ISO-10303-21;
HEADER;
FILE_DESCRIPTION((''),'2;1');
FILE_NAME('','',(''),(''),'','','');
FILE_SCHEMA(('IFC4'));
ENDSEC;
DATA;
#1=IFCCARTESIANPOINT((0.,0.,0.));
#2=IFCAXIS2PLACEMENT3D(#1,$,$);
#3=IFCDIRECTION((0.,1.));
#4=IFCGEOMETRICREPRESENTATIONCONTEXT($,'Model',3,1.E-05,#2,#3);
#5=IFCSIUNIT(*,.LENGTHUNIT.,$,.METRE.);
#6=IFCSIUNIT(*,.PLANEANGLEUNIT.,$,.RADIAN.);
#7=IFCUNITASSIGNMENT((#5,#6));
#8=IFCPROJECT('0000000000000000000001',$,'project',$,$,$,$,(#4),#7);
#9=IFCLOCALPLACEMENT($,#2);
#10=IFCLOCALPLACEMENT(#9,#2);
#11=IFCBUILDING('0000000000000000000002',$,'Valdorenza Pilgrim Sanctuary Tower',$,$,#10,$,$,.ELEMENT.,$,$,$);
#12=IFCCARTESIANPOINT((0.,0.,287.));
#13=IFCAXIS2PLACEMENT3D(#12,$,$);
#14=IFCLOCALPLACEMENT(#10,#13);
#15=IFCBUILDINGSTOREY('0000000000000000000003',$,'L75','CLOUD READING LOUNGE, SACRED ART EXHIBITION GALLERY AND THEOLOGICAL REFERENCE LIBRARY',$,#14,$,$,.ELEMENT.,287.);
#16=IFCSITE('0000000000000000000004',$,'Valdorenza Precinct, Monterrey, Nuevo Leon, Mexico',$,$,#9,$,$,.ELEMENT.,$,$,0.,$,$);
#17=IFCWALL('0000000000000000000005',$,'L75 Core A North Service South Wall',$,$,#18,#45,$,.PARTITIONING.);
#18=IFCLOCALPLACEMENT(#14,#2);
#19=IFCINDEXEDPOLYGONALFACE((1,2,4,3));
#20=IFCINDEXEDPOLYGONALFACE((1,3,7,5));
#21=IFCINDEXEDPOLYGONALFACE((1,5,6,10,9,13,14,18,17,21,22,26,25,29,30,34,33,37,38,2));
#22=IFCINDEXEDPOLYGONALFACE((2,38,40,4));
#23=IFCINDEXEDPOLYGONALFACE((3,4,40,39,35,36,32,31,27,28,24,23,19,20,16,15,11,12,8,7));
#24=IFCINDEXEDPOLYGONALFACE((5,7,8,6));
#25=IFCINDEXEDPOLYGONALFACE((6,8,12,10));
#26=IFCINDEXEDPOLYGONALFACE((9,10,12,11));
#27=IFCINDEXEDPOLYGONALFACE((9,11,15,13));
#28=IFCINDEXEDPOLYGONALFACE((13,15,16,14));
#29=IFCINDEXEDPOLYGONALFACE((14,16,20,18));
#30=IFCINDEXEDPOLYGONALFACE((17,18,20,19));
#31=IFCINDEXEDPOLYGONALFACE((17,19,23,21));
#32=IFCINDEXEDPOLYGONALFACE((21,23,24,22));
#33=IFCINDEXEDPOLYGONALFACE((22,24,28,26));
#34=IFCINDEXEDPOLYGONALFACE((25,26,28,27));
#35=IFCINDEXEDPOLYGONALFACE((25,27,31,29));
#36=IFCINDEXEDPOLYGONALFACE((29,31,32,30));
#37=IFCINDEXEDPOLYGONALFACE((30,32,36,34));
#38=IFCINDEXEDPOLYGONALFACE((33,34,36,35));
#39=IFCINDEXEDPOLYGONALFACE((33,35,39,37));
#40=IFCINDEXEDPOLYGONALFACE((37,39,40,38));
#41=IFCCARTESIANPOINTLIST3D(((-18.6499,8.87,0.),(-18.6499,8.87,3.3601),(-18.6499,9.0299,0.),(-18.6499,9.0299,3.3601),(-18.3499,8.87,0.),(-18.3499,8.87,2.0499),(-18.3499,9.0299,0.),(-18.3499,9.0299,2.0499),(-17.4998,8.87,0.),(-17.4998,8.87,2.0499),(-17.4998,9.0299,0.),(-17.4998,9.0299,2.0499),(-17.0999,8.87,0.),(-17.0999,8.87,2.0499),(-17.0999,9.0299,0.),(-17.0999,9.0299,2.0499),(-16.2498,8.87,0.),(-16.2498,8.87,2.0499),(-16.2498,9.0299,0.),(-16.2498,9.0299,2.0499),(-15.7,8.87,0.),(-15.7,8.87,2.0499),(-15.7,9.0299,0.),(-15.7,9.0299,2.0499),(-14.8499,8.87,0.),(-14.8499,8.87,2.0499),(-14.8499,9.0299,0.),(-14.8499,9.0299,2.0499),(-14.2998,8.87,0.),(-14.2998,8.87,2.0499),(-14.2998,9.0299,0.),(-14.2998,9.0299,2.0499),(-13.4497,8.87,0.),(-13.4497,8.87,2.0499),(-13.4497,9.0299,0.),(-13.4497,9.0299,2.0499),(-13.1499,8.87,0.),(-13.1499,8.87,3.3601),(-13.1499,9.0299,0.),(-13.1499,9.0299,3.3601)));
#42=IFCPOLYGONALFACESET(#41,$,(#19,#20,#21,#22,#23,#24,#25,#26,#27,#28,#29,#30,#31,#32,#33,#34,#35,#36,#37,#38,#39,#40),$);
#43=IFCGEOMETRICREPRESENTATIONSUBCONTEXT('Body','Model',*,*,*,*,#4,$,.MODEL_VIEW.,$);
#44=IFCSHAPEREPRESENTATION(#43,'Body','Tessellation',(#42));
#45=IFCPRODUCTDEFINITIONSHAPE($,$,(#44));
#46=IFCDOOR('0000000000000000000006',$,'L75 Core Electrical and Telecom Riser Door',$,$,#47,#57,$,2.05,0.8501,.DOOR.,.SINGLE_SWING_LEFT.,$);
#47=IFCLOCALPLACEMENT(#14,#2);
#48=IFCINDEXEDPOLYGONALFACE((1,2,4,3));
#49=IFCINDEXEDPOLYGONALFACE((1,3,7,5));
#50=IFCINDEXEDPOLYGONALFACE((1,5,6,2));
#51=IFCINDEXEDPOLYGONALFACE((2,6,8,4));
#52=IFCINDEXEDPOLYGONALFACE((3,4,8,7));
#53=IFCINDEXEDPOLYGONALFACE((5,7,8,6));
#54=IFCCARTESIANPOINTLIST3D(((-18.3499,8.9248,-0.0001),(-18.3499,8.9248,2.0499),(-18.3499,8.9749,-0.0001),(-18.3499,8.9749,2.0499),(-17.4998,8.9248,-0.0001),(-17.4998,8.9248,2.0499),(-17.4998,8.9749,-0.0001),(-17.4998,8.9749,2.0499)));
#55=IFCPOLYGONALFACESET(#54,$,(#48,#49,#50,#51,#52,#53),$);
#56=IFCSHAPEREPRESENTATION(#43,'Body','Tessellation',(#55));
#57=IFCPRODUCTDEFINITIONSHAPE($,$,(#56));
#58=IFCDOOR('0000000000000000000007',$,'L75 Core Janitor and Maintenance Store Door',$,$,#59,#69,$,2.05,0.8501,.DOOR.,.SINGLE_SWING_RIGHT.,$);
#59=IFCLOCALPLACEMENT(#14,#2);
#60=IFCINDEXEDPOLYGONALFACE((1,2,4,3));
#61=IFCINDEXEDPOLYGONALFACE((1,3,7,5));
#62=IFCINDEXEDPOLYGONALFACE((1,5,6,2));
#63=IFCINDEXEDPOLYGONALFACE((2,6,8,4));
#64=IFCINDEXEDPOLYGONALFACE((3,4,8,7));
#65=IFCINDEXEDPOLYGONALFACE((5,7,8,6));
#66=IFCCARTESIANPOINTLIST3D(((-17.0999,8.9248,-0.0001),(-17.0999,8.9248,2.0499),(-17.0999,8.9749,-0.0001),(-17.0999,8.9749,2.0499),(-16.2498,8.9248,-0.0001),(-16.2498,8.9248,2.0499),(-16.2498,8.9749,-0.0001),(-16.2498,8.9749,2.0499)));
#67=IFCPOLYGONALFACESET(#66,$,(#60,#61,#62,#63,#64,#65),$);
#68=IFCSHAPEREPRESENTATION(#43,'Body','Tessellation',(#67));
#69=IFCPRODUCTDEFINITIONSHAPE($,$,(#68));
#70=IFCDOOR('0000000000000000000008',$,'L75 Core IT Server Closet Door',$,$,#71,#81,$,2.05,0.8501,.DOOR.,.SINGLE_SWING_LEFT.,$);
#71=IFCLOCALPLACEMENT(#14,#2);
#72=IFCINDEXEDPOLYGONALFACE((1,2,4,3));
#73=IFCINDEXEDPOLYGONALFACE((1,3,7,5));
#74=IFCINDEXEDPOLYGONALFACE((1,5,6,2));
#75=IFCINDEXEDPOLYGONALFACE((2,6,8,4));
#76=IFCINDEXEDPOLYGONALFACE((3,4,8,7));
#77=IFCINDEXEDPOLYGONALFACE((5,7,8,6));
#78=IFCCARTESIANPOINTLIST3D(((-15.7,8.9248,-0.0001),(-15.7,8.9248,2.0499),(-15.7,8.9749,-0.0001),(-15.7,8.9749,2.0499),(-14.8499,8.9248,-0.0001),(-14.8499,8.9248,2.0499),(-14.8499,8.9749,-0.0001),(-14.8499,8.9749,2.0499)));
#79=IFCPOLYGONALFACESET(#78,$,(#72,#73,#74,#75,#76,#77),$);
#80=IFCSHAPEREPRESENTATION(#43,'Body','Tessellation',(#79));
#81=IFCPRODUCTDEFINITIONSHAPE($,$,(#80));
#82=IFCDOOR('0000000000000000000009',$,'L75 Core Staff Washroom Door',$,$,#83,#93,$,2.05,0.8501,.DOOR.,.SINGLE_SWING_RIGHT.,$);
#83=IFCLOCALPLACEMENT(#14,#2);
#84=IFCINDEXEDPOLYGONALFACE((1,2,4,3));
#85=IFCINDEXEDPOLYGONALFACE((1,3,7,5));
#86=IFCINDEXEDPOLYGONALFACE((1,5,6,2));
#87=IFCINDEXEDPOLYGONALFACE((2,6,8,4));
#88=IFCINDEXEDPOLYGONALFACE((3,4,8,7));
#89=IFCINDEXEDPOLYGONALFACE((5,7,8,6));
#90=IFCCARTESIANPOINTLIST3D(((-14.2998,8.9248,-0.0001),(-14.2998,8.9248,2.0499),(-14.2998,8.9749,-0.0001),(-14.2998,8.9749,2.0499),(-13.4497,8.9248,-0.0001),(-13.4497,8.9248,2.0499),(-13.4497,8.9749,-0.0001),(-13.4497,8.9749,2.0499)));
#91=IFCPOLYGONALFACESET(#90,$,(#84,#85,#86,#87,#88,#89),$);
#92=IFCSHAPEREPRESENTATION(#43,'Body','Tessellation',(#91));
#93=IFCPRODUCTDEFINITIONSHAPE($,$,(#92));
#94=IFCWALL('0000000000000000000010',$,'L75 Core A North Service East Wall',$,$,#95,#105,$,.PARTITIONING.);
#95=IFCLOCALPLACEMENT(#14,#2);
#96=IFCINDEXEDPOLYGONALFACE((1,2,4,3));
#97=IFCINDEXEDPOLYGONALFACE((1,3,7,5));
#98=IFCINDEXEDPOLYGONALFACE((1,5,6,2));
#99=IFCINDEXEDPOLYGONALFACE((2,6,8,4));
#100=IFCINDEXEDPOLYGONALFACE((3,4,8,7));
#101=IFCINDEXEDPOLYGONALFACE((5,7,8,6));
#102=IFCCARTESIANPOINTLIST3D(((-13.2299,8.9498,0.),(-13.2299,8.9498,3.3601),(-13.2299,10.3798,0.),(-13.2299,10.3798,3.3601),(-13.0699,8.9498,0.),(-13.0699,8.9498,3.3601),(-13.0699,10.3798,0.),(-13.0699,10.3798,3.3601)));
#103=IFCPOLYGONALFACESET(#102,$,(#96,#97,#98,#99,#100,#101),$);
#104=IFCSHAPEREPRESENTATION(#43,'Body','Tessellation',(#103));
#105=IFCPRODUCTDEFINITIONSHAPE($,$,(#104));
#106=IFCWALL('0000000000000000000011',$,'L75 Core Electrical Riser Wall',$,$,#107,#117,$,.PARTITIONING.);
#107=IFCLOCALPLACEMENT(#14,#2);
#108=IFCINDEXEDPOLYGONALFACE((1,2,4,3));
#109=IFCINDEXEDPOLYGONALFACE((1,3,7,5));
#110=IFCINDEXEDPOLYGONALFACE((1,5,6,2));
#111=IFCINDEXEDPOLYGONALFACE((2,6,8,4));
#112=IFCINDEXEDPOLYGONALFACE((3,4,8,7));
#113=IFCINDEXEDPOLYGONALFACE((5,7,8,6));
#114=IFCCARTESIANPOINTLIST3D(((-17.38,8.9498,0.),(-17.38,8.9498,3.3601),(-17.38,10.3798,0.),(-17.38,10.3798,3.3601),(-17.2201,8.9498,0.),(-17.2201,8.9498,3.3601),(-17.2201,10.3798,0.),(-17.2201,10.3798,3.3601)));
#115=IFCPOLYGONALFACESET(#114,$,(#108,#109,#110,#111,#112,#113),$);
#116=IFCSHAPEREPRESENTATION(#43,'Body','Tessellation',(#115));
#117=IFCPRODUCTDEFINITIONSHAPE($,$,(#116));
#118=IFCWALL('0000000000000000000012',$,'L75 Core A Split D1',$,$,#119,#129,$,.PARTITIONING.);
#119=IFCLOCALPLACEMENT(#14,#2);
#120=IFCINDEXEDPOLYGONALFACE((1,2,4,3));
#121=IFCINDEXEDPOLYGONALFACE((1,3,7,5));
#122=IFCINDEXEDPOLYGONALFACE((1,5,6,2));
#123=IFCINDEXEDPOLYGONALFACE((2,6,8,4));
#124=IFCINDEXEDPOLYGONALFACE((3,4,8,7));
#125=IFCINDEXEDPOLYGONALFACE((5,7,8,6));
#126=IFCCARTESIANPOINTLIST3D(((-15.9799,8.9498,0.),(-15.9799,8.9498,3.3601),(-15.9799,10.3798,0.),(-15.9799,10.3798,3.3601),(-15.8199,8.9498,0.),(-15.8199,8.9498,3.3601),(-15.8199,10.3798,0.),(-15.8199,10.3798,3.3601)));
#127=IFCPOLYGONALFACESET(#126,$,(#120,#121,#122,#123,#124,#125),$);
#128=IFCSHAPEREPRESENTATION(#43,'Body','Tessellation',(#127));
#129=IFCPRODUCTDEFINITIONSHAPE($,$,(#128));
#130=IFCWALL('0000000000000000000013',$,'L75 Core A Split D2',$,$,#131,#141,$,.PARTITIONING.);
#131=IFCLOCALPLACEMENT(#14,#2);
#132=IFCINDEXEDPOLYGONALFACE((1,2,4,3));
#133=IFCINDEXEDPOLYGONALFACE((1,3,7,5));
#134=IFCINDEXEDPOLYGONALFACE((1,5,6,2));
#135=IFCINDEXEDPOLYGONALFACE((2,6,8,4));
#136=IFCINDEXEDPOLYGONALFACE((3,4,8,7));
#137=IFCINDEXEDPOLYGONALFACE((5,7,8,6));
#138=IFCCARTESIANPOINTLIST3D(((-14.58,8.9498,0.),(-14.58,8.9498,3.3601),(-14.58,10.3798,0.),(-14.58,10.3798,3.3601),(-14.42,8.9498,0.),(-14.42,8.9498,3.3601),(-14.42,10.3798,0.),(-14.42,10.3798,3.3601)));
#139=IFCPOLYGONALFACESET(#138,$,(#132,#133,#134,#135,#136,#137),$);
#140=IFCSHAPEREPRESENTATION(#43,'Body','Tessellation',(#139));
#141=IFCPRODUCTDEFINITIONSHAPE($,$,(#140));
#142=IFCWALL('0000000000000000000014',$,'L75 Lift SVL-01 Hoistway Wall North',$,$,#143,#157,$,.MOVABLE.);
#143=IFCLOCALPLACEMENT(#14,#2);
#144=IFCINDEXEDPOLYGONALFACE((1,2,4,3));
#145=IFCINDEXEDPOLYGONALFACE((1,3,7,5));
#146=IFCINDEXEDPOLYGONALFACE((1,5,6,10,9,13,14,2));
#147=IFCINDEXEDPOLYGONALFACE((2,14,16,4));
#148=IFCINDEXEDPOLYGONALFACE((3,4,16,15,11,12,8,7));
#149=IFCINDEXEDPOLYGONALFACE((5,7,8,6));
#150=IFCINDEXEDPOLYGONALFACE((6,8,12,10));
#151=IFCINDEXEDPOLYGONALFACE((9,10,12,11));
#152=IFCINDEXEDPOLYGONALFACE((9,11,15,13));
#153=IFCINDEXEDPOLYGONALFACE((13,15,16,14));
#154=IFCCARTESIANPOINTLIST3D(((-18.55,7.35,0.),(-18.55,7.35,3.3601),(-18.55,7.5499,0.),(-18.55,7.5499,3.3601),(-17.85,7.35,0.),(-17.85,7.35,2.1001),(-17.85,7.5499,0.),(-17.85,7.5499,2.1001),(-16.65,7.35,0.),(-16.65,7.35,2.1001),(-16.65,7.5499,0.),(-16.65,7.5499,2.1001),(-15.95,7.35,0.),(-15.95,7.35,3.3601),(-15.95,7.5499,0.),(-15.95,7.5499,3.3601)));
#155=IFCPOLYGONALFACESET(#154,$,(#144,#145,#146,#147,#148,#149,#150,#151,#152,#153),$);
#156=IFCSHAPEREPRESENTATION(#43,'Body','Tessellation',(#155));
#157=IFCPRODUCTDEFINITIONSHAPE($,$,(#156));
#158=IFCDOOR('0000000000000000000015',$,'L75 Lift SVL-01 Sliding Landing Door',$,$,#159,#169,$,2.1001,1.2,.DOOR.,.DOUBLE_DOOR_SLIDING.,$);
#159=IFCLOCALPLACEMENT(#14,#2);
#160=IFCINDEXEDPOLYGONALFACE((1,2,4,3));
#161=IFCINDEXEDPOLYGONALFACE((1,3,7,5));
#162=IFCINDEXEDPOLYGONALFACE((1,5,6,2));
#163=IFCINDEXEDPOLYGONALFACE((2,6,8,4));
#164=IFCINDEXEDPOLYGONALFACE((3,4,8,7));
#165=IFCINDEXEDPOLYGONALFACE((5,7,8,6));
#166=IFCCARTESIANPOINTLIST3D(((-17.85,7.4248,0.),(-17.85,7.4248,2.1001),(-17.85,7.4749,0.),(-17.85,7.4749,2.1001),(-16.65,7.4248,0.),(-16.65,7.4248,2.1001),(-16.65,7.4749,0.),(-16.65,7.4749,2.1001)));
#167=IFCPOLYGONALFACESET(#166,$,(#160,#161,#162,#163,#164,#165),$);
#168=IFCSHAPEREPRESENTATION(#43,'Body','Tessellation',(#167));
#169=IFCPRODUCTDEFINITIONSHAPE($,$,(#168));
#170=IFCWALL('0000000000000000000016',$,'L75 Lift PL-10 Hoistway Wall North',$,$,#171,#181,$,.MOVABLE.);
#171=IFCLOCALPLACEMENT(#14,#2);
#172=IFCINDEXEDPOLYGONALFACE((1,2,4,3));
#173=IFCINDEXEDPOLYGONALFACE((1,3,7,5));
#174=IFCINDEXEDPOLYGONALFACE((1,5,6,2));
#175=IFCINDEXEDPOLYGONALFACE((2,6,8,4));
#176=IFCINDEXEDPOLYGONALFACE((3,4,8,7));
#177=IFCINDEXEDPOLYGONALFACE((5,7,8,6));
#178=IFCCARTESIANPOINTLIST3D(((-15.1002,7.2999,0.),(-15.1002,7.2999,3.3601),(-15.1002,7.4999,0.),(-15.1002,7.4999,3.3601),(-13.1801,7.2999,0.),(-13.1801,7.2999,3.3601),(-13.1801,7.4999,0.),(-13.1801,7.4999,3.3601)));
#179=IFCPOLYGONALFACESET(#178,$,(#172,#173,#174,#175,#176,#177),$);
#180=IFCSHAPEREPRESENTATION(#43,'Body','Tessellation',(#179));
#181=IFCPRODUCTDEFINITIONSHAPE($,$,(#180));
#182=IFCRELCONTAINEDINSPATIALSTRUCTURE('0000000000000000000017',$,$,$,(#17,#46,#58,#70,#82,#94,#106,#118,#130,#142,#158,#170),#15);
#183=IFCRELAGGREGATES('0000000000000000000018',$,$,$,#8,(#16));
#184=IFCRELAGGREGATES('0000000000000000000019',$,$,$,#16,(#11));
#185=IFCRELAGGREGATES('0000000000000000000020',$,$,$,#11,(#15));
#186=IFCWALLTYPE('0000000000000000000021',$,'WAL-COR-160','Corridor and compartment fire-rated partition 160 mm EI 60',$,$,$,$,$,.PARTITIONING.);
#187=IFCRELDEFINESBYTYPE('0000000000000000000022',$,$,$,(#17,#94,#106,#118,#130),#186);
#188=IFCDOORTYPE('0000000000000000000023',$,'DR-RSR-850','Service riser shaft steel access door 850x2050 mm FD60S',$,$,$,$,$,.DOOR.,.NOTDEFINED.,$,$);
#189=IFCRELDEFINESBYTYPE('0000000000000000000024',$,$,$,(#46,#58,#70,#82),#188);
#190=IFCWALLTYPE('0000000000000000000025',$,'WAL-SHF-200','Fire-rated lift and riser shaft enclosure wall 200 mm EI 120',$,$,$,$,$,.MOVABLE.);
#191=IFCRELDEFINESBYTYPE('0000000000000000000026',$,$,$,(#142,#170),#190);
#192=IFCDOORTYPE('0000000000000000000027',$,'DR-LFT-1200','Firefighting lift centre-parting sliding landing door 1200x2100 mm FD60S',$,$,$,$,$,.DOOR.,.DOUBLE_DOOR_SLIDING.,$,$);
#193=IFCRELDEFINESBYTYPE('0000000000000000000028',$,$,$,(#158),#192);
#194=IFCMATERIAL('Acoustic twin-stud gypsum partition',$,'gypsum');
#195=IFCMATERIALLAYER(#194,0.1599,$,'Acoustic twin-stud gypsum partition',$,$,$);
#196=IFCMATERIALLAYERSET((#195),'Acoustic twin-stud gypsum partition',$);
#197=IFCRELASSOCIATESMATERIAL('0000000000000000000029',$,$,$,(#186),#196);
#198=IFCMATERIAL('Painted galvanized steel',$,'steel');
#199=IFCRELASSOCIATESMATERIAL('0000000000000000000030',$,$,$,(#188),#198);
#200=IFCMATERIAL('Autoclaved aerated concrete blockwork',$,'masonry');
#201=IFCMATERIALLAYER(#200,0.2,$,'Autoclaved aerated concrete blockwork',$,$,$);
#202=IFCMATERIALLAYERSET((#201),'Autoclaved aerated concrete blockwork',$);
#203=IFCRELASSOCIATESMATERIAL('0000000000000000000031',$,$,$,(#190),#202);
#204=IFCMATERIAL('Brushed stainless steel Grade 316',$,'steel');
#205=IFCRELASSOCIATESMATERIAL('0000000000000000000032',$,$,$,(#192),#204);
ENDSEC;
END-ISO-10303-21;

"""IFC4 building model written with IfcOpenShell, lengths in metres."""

from ifc_helpers import new_model, si_unit, direction, frame, frame_2d, origin, place, context, subcontext, project, spatial, rectangle, extrude, material, layer, layer_set, type_object, element, fill, save


model = new_model("IFC4")

# Units and contexts
model_context = context("Model", 3, precision=1e-05, world=origin(), true_north=direction((0.0, 1.0)))
body_context = subcontext(model_context, "Body", "Model", "MODEL_VIEW")
ifc_project = project(units=[si_unit("LENGTHUNIT", "METRE"), si_unit("PLANEANGLEUNIT", "RADIAN")], contexts=[model_context])

# Site, building, storey
site_placement = place(None, origin())
site = spatial("IfcSite", under=ifc_project, at=site_placement, Name="Valdorenza Precinct, Monterrey, Nuevo Leon, Mexico", CompositionType="ELEMENT", RefElevation=0.0)
building_placement = place(site_placement, origin())
building = spatial("IfcBuilding", under=site, at=building_placement, Name="Valdorenza Pilgrim Sanctuary Tower", CompositionType="ELEMENT")
storey_placement = place(building_placement, frame((0.0, 0.0, 287.0)))
storey = spatial("IfcBuildingStorey", under=building, at=storey_placement, Name="L75", Description="CLOUD READING LOUNGE, SACRED ART EXHIBITION GALLERY AND THEOLOGICAL REFERENCE LIBRARY", CompositionType="ELEMENT", Elevation=287.0)

# Shared definitions
ifc_material_1 = material(Name="Acoustic twin-stud gypsum partition", Category="gypsum")
ifc_layer_1 = layer(ifc_material_1, 0.1599, Name="Acoustic twin-stud gypsum partition")
ifc_layer_set_1 = layer_set([ifc_layer_1], Name="Acoustic twin-stud gypsum partition")
wall_type_1 = type_object("IfcWallType", Name="WAL-COR-160", Description="Corridor and compartment fire-rated partition 160 mm EI 60", PredefinedType="PARTITIONING", material=ifc_layer_set_1)

# Wall, openings, doors
wall_1_placement = place(storey_placement, frame((-18.6499, 8.95, 0.0), z_axis=(0.0, 0.0, 1.0), x_axis=(1.0, 0.0, 0.0)))
wall_1 = element("IfcWall", 1, at=wall_1_placement, inside=storey, type_object=wall_type_1, Name="L75 Core A North Service South Wall", PredefinedType="PARTITIONING", context=body_context, shape_type="SweptSolid", body=[
    extrude(rectangle(XDim=5.5, YDim=0.1599, at=frame_2d((2.75, 0.0))), origin(), (0.0, 0.0, 1.0), 3.3601),
])
opening_1_placement = place(wall_1_placement, frame((0.3, 0.0, 0.0)))
opening_1 = element("IfcOpeningElement", 2, at=opening_1_placement, cuts=wall_1, PredefinedType="OPENING", context=body_context, shape_type="SweptSolid", body=[
    extrude(rectangle(XDim=0.8501, YDim=2.05, at=frame_2d((0.425, 1.0249))), frame((0.0, 0.0947, 0.0), z_axis=(0.0, -1.0, 0.0), x_axis=(1.0, 0.0, 0.0)), (0.0, 0.0, 1.0), 0.1897),
])
opening_2_placement = place(wall_1_placement, frame((1.55, 0.0, 0.0)))
opening_2 = element("IfcOpeningElement", 3, at=opening_2_placement, cuts=wall_1, PredefinedType="OPENING", context=body_context, shape_type="SweptSolid", body=[
    extrude(rectangle(XDim=0.8501, YDim=2.05, at=frame_2d((0.425, 1.0249))), frame((0.0, 0.0947, 0.0), z_axis=(0.0, -1.0, 0.0), x_axis=(1.0, 0.0, 0.0)), (0.0, 0.0, 1.0), 0.1897),
])
opening_3_placement = place(wall_1_placement, frame((2.95, 0.0, 0.0)))
opening_3 = element("IfcOpeningElement", 4, at=opening_3_placement, cuts=wall_1, PredefinedType="OPENING", context=body_context, shape_type="SweptSolid", body=[
    extrude(rectangle(XDim=0.8501, YDim=2.05, at=frame_2d((0.425, 1.0249))), frame((0.0, 0.0947, 0.0), z_axis=(0.0, -1.0, 0.0), x_axis=(1.0, 0.0, 0.0)), (0.0, 0.0, 1.0), 0.1897),
])
opening_4_placement = place(wall_1_placement, frame((4.3501, 0.0, 0.0)))
opening_4 = element("IfcOpeningElement", 5, at=opening_4_placement, cuts=wall_1, PredefinedType="OPENING", context=body_context, shape_type="SweptSolid", body=[
    extrude(rectangle(XDim=0.8501, YDim=2.05, at=frame_2d((0.425, 1.0249))), frame((0.0, 0.0947, 0.0), z_axis=(0.0, -1.0, 0.0), x_axis=(1.0, 0.0, 0.0)), (0.0, 0.0, 1.0), 0.1897),
])
ifc_material_2 = material(Name="Painted galvanized steel", Category="steel")
door_type_1 = type_object("IfcDoorType", Name="DR-RSR-850", Description="Service riser shaft steel access door 850x2050 mm FD60S", OperationType="NOTDEFINED", PredefinedType="DOOR", material=ifc_material_2)
door_1_placement = place(opening_1_placement, origin())
door_1 = element("IfcDoor", 6, at=door_1_placement, inside=storey, type_object=door_type_1, Name="L75 Core Electrical and Telecom Riser Door", OperationType="SINGLE_SWING_LEFT", OverallHeight=2.05, OverallWidth=0.8501, PredefinedType="DOOR", context=body_context, shape_type="SweptSolid", body=[
    extrude(rectangle(XDim=0.8501, YDim=2.05, at=frame_2d((0.425, 1.0249))), frame((0.0, 0.0249, 0.0), z_axis=(0.0, -1.0, 0.0), x_axis=(1.0, 0.0, 0.0)), (0.0, 0.0, 1.0), 0.05),
])
fill(opening_1, door_1)
door_2_placement = place(opening_2_placement, origin())
door_2 = element("IfcDoor", 7, at=door_2_placement, inside=storey, type_object=door_type_1, Name="L75 Core Janitor and Maintenance Store Door", OperationType="SINGLE_SWING_RIGHT", OverallHeight=2.05, OverallWidth=0.8501, PredefinedType="DOOR", context=body_context, shape_type="SweptSolid", body=[
    extrude(rectangle(XDim=0.8501, YDim=2.05, at=frame_2d((0.425, 1.0249))), frame((0.0, 0.0249, 0.0), z_axis=(0.0, -1.0, 0.0), x_axis=(1.0, 0.0, 0.0)), (0.0, 0.0, 1.0), 0.05),
])
fill(opening_2, door_2)
door_3_placement = place(opening_3_placement, origin())
door_3 = element("IfcDoor", 8, at=door_3_placement, inside=storey, type_object=door_type_1, Name="L75 Core IT Server Closet Door", OperationType="SINGLE_SWING_LEFT", OverallHeight=2.05, OverallWidth=0.8501, PredefinedType="DOOR", context=body_context, shape_type="SweptSolid", body=[
    extrude(rectangle(XDim=0.8501, YDim=2.05, at=frame_2d((0.425, 1.0249))), frame((0.0, 0.0249, 0.0), z_axis=(0.0, -1.0, 0.0), x_axis=(1.0, 0.0, 0.0)), (0.0, 0.0, 1.0), 0.05),
])
fill(opening_3, door_3)
door_4_placement = place(opening_4_placement, origin())
door_4 = element("IfcDoor", 9, at=door_4_placement, inside=storey, type_object=door_type_1, Name="L75 Core Staff Washroom Door", OperationType="SINGLE_SWING_RIGHT", OverallHeight=2.05, OverallWidth=0.8501, PredefinedType="DOOR", context=body_context, shape_type="SweptSolid", body=[
    extrude(rectangle(XDim=0.8501, YDim=2.05, at=frame_2d((0.425, 1.0249))), frame((0.0, 0.0249, 0.0), z_axis=(0.0, -1.0, 0.0), x_axis=(1.0, 0.0, 0.0)), (0.0, 0.0, 1.0), 0.05),
])
fill(opening_4, door_4)

# Walls
for number, where, z_axis, x_axis, name in (
    (10, (-13.1499, 8.95, 0.0), (0.0, 0.0, 1.0), (0.0, 1.0, 0.0), "L75 Core A North Service East Wall"),
    (11, (-17.3, 8.95, 0.0), (0.0, 0.0, 1.0), (0.0, 1.0, 0.0), "L75 Core Electrical Riser Wall"),
    (12, (-15.8999, 8.95, 0.0), (0.0, 0.0, 1.0), (0.0, 1.0, 0.0), "L75 Core A Split D1"),
    (13, (-14.5, 8.95, 0.0), (0.0, 0.0, 1.0), (0.0, 1.0, 0.0), "L75 Core A Split D2"),
):
    element("IfcWall", number, at=place(storey_placement, frame(where, z_axis=z_axis, x_axis=x_axis)), inside=storey, type_object=wall_type_1, Name=name, PredefinedType="PARTITIONING", context=body_context, shape_type="SweptSolid", body=[
        extrude(rectangle(XDim=1.4299, YDim=0.1599, at=frame_2d((0.7148, 0.0))), origin(), (0.0, 0.0, 1.0), 3.3601),
    ])

# Wall, opening, door
ifc_material_3 = material(Name="Autoclaved aerated concrete blockwork", Category="masonry")
ifc_layer_2 = layer(ifc_material_3, 0.2, Name="Autoclaved aerated concrete blockwork")
ifc_layer_set_2 = layer_set([ifc_layer_2], Name="Autoclaved aerated concrete blockwork")
wall_type_2 = type_object("IfcWallType", Name="WAL-SHF-200", Description="Fire-rated lift and riser shaft enclosure wall 200 mm EI 120", PredefinedType="MOVABLE", material=ifc_layer_set_2)
wall_2_placement = place(storey_placement, frame((-18.55, 7.45, 0.0), z_axis=(0.0, 0.0, 1.0), x_axis=(1.0, 0.0, 0.0)))
wall_2 = element("IfcWall", 14, at=wall_2_placement, inside=storey, type_object=wall_type_2, Name="L75 Lift SVL-01 Hoistway Wall North", PredefinedType="MOVABLE", context=body_context, shape_type="SweptSolid", body=[
    extrude(rectangle(XDim=2.6001, YDim=0.2, at=frame_2d((1.3, 0.0))), origin(), (0.0, 0.0, 1.0), 3.3601),
])
opening_5_placement = place(wall_2_placement, frame((0.7, 0.0, 0.0)))
opening_5 = element("IfcOpeningElement", 15, at=opening_5_placement, cuts=wall_2, PredefinedType="OPENING", context=body_context, shape_type="SweptSolid", body=[
    extrude(rectangle(XDim=1.2, YDim=2.1001, at=frame_2d((0.6001, 1.05))), frame((0.0, 0.1147, 0.0), z_axis=(0.0, -1.0, 0.0), x_axis=(1.0, 0.0, 0.0)), (0.0, 0.0, 1.0), 0.2297),
])
ifc_material_4 = material(Name="Brushed stainless steel Grade 316", Category="steel")
door_type_2 = type_object("IfcDoorType", Name="DR-LFT-1200", Description="Firefighting lift centre-parting sliding landing door 1200x2100 mm FD60S", OperationType="DOUBLE_DOOR_SLIDING", PredefinedType="DOOR", material=ifc_material_4)
door_5_placement = place(opening_5_placement, origin())
door_5 = element("IfcDoor", 16, at=door_5_placement, inside=storey, type_object=door_type_2, Name="L75 Lift SVL-01 Sliding Landing Door", OperationType="DOUBLE_DOOR_SLIDING", OverallHeight=2.1001, OverallWidth=1.2, PredefinedType="DOOR", context=body_context, shape_type="SweptSolid", body=[
    extrude(rectangle(XDim=1.2, YDim=2.1001, at=frame_2d((0.6001, 1.05))), frame((0.0, 0.0249, 0.0), z_axis=(0.0, -1.0, 0.0), x_axis=(1.0, 0.0, 0.0)), (0.0, 0.0, 1.0), 0.05),
])
fill(opening_5, door_5)

# Wall
wall_3_placement = place(storey_placement, frame((-15.1001, 7.3999, 0.0), z_axis=(0.0, 0.0, 1.0), x_axis=(1.0, 0.0, 0.0)))
element("IfcWall", 17, at=wall_3_placement, inside=storey, type_object=wall_type_2, Name="L75 Lift PL-10 Hoistway Wall North", PredefinedType="MOVABLE", context=body_context, shape_type="SweptSolid", body=[
    extrude(rectangle(XDim=1.9202, YDim=0.2, at=frame_2d((0.96, 0.0))), origin(), (0.0, 0.0, 1.0), 3.3601),
])

save(model, "model.ifc")
